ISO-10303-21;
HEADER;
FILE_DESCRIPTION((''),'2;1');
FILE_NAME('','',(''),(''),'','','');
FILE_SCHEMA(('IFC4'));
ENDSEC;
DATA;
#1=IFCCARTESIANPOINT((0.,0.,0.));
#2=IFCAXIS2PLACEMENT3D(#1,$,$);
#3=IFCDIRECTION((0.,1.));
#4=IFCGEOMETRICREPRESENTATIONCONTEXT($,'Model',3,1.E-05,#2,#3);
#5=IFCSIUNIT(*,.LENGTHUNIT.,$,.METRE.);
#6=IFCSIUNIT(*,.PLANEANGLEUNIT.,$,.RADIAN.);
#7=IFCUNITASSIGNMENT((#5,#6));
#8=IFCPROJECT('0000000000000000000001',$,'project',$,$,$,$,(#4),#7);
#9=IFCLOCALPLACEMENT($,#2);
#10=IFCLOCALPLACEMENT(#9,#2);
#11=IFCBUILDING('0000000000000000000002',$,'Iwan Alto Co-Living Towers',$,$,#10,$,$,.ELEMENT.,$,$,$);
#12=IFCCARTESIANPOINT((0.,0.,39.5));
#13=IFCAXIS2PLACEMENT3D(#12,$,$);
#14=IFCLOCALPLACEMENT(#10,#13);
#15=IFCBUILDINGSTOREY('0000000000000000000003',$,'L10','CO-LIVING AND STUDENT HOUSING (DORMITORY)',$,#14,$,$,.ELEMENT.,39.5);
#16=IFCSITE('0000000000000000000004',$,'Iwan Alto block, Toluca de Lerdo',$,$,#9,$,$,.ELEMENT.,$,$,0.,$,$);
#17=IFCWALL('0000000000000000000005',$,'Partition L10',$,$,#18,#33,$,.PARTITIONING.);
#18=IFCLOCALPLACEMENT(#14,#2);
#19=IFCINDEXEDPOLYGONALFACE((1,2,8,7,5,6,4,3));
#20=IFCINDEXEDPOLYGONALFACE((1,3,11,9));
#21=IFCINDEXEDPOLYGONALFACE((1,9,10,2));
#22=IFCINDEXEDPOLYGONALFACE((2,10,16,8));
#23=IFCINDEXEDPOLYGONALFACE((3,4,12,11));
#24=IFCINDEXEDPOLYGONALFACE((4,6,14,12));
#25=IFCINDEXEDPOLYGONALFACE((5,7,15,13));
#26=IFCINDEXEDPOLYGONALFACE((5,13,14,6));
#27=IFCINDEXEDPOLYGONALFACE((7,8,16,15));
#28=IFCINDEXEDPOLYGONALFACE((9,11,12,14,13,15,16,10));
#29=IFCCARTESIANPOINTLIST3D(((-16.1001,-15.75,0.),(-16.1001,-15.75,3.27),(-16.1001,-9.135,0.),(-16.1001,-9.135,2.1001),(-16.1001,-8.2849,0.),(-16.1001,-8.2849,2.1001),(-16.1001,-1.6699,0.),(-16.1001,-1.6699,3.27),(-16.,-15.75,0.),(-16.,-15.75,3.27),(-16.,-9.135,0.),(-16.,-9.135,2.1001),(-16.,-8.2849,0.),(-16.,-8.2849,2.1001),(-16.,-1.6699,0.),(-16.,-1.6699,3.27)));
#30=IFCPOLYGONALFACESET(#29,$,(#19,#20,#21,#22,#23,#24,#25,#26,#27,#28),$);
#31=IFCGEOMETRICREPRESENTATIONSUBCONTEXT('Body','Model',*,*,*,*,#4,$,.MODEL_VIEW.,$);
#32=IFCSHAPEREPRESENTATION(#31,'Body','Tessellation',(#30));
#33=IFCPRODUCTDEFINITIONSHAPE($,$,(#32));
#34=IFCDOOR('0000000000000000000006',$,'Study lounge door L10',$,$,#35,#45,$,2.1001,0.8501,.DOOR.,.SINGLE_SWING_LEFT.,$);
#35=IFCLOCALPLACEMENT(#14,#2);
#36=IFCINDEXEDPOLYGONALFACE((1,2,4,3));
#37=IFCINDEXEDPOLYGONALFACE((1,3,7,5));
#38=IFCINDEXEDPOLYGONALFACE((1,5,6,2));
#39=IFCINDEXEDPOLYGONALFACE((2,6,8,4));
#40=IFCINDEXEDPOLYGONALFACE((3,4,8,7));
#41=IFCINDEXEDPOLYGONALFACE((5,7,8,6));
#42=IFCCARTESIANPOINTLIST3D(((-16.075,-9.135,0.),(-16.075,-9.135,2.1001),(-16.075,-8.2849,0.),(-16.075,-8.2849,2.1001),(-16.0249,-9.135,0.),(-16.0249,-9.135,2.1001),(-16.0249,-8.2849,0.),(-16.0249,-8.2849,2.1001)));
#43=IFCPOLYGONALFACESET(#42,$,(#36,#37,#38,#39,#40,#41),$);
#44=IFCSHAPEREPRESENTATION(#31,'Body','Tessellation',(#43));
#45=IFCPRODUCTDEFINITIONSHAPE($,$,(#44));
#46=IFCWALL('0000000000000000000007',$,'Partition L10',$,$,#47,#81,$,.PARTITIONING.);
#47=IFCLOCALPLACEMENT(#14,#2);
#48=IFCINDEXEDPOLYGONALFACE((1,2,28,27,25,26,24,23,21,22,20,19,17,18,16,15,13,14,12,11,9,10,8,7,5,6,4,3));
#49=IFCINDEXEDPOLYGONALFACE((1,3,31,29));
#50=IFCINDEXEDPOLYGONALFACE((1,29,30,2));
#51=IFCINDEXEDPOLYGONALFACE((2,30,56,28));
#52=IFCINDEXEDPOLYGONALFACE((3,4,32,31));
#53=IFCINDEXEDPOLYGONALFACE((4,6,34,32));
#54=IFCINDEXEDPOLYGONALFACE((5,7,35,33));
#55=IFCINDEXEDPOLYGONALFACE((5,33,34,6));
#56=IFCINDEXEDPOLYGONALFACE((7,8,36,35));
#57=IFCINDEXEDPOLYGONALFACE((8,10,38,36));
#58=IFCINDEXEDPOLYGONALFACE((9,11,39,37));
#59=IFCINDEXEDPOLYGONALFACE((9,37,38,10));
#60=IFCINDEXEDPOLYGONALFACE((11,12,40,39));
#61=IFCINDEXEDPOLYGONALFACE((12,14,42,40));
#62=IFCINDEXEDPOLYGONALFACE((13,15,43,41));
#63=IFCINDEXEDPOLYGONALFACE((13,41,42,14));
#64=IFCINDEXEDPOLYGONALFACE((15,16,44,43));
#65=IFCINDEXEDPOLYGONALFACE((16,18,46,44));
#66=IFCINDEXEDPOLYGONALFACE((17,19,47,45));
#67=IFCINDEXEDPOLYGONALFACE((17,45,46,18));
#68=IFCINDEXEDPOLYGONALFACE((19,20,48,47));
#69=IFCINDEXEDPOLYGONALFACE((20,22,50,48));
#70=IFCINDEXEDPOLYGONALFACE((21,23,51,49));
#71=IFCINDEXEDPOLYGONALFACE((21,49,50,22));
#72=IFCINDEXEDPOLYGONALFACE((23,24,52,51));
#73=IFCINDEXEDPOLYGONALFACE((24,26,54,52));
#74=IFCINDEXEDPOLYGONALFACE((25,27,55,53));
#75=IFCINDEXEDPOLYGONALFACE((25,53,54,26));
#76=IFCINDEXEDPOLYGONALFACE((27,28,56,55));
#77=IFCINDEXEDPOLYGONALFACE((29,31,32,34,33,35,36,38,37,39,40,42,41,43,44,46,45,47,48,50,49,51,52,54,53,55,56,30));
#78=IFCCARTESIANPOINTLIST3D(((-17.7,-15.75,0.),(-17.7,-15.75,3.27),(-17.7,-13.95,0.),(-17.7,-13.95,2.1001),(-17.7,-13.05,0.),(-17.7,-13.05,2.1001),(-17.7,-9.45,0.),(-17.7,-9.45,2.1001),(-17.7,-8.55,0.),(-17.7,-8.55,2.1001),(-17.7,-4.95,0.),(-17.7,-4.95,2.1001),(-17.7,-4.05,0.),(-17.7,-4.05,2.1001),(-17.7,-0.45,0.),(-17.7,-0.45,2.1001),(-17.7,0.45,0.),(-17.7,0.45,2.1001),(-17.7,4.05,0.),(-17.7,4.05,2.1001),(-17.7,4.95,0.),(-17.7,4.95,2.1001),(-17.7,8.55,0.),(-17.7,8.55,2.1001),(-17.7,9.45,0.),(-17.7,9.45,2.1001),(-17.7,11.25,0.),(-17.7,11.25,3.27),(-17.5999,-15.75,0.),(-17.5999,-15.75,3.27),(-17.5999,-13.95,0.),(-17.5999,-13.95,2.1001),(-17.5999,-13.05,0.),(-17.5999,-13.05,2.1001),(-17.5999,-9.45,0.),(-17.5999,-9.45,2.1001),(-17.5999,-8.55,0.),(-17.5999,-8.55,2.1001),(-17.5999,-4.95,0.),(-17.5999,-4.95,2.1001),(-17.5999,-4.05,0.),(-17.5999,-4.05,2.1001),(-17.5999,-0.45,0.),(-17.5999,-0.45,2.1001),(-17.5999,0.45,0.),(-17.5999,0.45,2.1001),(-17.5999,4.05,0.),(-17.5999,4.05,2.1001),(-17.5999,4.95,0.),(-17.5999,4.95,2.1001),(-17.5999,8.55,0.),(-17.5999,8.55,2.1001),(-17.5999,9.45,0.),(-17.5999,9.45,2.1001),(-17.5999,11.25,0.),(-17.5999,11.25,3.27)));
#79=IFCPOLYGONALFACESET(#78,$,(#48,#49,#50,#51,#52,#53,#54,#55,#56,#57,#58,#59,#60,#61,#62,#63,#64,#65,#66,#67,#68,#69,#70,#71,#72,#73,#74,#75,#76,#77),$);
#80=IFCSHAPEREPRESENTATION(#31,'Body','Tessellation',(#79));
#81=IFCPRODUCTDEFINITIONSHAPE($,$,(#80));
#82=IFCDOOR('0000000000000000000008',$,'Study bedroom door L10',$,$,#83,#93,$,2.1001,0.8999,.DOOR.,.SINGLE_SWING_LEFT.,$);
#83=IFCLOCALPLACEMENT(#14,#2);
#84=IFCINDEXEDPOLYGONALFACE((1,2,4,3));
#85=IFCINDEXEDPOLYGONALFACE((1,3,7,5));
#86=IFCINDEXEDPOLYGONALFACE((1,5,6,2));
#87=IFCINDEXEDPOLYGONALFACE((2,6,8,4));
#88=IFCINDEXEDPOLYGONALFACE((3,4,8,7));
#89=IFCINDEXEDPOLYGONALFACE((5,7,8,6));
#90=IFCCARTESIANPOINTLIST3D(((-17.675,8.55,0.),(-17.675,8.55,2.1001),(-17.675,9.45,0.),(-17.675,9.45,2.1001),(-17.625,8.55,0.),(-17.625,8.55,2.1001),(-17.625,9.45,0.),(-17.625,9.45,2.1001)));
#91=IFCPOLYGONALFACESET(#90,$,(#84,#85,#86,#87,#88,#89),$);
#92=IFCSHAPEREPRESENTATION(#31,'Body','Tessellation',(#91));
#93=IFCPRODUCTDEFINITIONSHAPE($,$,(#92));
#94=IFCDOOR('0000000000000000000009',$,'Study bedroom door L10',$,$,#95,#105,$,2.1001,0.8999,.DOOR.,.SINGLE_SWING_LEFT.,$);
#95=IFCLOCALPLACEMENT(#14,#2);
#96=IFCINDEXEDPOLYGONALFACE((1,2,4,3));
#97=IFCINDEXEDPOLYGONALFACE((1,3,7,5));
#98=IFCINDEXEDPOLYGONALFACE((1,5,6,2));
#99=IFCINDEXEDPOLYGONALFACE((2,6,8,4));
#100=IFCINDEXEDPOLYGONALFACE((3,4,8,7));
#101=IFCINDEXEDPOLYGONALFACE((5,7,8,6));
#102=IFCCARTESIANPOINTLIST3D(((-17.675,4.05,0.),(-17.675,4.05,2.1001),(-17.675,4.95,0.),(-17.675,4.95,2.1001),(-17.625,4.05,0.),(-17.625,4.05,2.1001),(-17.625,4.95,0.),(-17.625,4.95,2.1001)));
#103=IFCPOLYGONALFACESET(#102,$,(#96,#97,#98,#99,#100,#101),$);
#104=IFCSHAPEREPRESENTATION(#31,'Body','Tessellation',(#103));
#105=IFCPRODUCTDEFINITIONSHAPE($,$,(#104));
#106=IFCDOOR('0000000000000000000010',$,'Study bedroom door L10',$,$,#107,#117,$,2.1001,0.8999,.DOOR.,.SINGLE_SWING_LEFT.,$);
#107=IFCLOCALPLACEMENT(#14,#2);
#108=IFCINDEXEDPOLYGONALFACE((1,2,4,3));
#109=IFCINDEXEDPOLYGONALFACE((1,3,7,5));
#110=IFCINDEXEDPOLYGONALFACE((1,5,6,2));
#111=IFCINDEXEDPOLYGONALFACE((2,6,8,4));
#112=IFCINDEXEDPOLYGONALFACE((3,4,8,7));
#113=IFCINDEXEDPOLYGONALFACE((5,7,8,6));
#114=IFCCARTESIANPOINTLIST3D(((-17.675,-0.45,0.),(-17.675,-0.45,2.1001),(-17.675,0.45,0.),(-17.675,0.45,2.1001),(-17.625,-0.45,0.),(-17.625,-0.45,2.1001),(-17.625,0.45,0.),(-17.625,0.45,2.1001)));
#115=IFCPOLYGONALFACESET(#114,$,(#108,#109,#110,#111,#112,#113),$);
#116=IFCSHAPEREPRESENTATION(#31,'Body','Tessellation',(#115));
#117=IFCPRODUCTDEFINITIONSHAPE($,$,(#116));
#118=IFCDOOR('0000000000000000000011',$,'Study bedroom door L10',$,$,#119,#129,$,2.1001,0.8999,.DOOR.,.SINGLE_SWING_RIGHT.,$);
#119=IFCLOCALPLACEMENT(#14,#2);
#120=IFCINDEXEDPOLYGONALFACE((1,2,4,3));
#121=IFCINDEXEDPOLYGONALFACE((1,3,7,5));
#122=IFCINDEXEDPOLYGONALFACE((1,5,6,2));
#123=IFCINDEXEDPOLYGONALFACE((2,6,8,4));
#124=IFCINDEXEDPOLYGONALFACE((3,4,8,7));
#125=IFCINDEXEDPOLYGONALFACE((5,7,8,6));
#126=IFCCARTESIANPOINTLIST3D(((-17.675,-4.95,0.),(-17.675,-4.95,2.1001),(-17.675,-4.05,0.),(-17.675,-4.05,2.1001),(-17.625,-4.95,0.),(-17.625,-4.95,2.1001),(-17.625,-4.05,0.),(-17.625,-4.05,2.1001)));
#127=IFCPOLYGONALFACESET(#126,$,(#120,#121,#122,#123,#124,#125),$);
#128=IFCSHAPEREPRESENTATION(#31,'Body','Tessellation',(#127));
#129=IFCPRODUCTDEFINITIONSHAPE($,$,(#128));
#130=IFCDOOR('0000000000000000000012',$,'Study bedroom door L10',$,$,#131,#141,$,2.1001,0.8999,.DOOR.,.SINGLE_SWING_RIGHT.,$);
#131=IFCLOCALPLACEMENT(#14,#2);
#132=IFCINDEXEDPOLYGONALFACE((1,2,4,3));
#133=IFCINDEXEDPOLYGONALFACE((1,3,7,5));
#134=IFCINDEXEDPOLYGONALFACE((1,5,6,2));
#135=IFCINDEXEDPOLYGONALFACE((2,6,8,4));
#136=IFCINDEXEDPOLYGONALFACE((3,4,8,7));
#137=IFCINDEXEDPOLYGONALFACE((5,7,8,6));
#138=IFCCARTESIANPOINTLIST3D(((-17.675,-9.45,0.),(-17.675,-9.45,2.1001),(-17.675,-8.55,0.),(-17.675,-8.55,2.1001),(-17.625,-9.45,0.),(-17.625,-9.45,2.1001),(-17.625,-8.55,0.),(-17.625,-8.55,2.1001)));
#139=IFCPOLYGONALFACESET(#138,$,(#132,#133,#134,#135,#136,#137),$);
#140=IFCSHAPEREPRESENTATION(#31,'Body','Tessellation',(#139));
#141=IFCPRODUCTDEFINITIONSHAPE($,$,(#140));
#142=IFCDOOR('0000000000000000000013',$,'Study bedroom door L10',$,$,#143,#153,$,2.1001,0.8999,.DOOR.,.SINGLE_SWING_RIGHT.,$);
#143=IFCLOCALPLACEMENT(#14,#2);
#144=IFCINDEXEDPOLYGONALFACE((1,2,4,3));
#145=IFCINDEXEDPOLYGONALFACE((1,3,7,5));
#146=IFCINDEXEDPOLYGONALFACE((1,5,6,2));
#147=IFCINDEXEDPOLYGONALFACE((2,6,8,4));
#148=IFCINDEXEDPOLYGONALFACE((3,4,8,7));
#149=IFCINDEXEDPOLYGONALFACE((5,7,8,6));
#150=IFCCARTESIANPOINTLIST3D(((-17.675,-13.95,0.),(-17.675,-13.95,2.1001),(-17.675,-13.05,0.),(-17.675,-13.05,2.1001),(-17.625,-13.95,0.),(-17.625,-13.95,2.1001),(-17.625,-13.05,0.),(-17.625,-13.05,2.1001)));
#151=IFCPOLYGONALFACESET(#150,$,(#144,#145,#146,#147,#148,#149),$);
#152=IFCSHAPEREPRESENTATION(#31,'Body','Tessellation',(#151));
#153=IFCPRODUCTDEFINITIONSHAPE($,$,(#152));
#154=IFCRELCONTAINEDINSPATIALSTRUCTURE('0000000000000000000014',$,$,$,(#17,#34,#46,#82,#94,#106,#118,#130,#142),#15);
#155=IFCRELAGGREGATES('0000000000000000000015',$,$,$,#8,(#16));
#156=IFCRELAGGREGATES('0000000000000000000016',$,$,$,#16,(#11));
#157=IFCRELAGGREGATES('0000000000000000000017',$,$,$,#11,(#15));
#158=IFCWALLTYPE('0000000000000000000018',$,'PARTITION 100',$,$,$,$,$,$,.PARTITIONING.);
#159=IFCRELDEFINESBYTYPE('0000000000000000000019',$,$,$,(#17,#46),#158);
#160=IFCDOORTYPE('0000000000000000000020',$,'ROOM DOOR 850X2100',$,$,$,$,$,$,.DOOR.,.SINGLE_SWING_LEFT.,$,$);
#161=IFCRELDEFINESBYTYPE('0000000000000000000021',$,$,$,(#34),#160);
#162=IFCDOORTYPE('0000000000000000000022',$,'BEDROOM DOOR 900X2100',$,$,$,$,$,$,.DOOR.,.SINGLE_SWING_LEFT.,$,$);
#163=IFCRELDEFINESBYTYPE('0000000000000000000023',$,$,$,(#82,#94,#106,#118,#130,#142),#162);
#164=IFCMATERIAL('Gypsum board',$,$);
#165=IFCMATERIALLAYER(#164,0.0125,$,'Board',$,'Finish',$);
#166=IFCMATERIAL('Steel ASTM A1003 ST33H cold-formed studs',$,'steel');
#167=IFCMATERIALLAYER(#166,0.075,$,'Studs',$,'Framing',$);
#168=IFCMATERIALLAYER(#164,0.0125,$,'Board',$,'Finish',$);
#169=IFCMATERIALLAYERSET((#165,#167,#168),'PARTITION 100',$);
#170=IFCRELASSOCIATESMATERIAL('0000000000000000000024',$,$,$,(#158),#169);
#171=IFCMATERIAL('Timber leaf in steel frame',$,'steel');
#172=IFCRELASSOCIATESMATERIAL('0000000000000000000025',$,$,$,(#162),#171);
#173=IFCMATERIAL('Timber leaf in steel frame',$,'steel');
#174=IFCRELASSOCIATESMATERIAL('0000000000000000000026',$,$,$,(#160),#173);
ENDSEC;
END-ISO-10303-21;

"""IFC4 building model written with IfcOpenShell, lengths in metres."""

from ifc_helpers import new_model, si_unit, direction, frame, frame_2d, origin, place, context, subcontext, project, spatial, rectangle, extrude, material, layer, layer_set, type_object, element, fill, save


model = new_model("IFC4")

# Units and contexts
model_context = context("Model", 3, precision=1e-05, world=origin(), true_north=direction((0.0, 1.0)))
body_context = subcontext(model_context, "Body", "Model", "MODEL_VIEW")
ifc_project = project(units=[si_unit("LENGTHUNIT", "METRE"), si_unit("PLANEANGLEUNIT", "RADIAN")], contexts=[model_context])

# Site, building, storey
site_placement = place(None, origin())
site = spatial("IfcSite", under=ifc_project, at=site_placement, Name="Iwan Alto block, Toluca de Lerdo", CompositionType="ELEMENT", RefElevation=0.0)
building_placement = place(site_placement, origin())
building = spatial("IfcBuilding", under=site, at=building_placement, Name="Iwan Alto Co-Living Towers", CompositionType="ELEMENT")
storey_placement = place(building_placement, frame((0.0, 0.0, 39.5)))
storey = spatial("IfcBuildingStorey", under=building, at=storey_placement, Name="L10", Description="CO-LIVING AND STUDENT HOUSING (DORMITORY)", CompositionType="ELEMENT", Elevation=39.5)

# Shared definitions
ifc_material_1 = material(Name="Gypsum board")
ifc_layer_1 = layer(ifc_material_1, 0.0125, Name="Board", Category="Finish")
ifc_material_2 = material(Name="Steel ASTM A1003 ST33H cold-formed studs", Category="steel")
ifc_layer_2 = layer(ifc_material_2, 0.075, Name="Studs", Category="Framing")
ifc_layer_3 = layer(ifc_material_1, 0.0125, Name="Board", Category="Finish")
ifc_layer_set_1 = layer_set([ifc_layer_1, ifc_layer_2, ifc_layer_3], Name="PARTITION 100")
wall_type_1 = type_object("IfcWallType", Name="PARTITION 100", PredefinedType="PARTITIONING", material=ifc_layer_set_1)
ifc_material_3 = material(Name="Timber leaf in steel frame", Category="steel")
door_type_1 = type_object("IfcDoorType", Name="BEDROOM DOOR 900X2100", OperationType="SINGLE_SWING_LEFT", PredefinedType="DOOR", material=ifc_material_3)

# Wall, opening, door
wall_1_placement = place(storey_placement, frame((-16.05, -15.75, 0.0), z_axis=(0.0, 0.0, 1.0), x_axis=(0.0, 1.0, 0.0)))
wall_1 = element("IfcWall", 1, at=wall_1_placement, inside=storey, type_object=wall_type_1, Name="Partition L10", PredefinedType="PARTITIONING", context=body_context, shape_type="SweptSolid", body=[
    extrude(rectangle(XDim=14.0801, YDim=0.1001, at=frame_2d((7.04, 0.0))), origin(), (0.0, 0.0, 1.0), 3.27),
])
opening_1_placement = place(wall_1_placement, frame((6.615, 0.0, 0.0)))
opening_1 = element("IfcOpeningElement", 2, at=opening_1_placement, cuts=wall_1, PredefinedType="OPENING", context=body_context, shape_type="SweptSolid", body=[
    extrude(rectangle(XDim=0.8501, YDim=2.1001, at=frame_2d((0.425, 1.05))), frame((0.0, 0.0601, 0.0), z_axis=(0.0, -1.0, 0.0), x_axis=(1.0, 0.0, 0.0)), (0.0, 0.0, 1.0), 0.1201),
])
ifc_material_4 = material(Name="Timber leaf in steel frame", Category="steel")
door_type_2 = type_object("IfcDoorType", Name="ROOM DOOR 850X2100", OperationType="SINGLE_SWING_LEFT", PredefinedType="DOOR", material=ifc_material_4)
door_1_placement = place(opening_1_placement, origin())
door_1 = element("IfcDoor", 3, at=door_1_placement, inside=storey, type_object=door_type_2, Name="Study lounge door L10", OperationType="SINGLE_SWING_LEFT", OverallHeight=2.1001, OverallWidth=0.8501, PredefinedType="DOOR", context=body_context, shape_type="SweptSolid", body=[
    extrude(rectangle(XDim=0.8501, YDim=2.1001, at=frame_2d((0.425, 1.05))), frame((0.0, 0.0249, 0.0), z_axis=(0.0, -1.0, 0.0), x_axis=(1.0, 0.0, 0.0)), (0.0, 0.0, 1.0), 0.05),
])
fill(opening_1, door_1)

# Wall, openings, doors
wall_2_placement = place(storey_placement, frame((-17.6499, -15.75, 0.0), z_axis=(0.0, 0.0, 1.0), x_axis=(0.0, 1.0, 0.0)))
wall_2 = element("IfcWall", 4, at=wall_2_placement, inside=storey, type_object=wall_type_1, Name="Partition L10", PredefinedType="PARTITIONING", context=body_context, shape_type="SweptSolid", body=[
    extrude(rectangle(XDim=27.0, YDim=0.1001, at=frame_2d((13.5, 0.0))), origin(), (0.0, 0.0, 1.0), 3.27),
])
opening_2_placement = place(wall_2_placement, frame((24.3, 0.0, 0.0)))
opening_2 = element("IfcOpeningElement", 5, at=opening_2_placement, cuts=wall_2, PredefinedType="OPENING", context=body_context, shape_type="SweptSolid", body=[
    extrude(rectangle(XDim=0.8999, YDim=2.1001, at=frame_2d((0.45, 1.05))), frame((0.0, 0.0601, 0.0), z_axis=(0.0, -1.0, 0.0), x_axis=(1.0, 0.0, 0.0)), (0.0, 0.0, 1.0), 0.1201),
])
opening_3_placement = place(wall_2_placement, frame((19.8, 0.0, 0.0)))
opening_3 = element("IfcOpeningElement", 6, at=opening_3_placement, cuts=wall_2, PredefinedType="OPENING", context=body_context, shape_type="SweptSolid", body=[
    extrude(rectangle(XDim=0.8999, YDim=2.1001, at=frame_2d((0.45, 1.05))), frame((0.0, 0.0601, 0.0), z_axis=(0.0, -1.0, 0.0), x_axis=(1.0, 0.0, 0.0)), (0.0, 0.0, 1.0), 0.1201),
])
opening_4_placement = place(wall_2_placement, frame((15.3, 0.0, 0.0)))
opening_4 = element("IfcOpeningElement", 7, at=opening_4_placement, cuts=wall_2, PredefinedType="OPENING", context=body_context, shape_type="SweptSolid", body=[
    extrude(rectangle(XDim=0.8999, YDim=2.1001, at=frame_2d((0.45, 1.05))), frame((0.0, 0.0601, 0.0), z_axis=(0.0, -1.0, 0.0), x_axis=(1.0, 0.0, 0.0)), (0.0, 0.0, 1.0), 0.1201),
])
opening_5_placement = place(wall_2_placement, frame((10.8, 0.0, 0.0)))
opening_5 = element("IfcOpeningElement", 8, at=opening_5_placement, cuts=wall_2, PredefinedType="OPENING", context=body_context, shape_type="SweptSolid", body=[
    extrude(rectangle(XDim=0.8999, YDim=2.1001, at=frame_2d((0.45, 1.05))), frame((0.0, 0.0601, 0.0), z_axis=(0.0, -1.0, 0.0), x_axis=(1.0, 0.0, 0.0)), (0.0, 0.0, 1.0), 0.1201),
])
opening_6_placement = place(wall_2_placement, frame((6.3, 0.0, 0.0)))
opening_6 = element("IfcOpeningElement", 9, at=opening_6_placement, cuts=wall_2, PredefinedType="OPENING", context=body_context, shape_type="SweptSolid", body=[
    extrude(rectangle(XDim=0.8999, YDim=2.1001, at=frame_2d((0.45, 1.05))), frame((0.0, 0.0601, 0.0), z_axis=(0.0, -1.0, 0.0), x_axis=(1.0, 0.0, 0.0)), (0.0, 0.0, 1.0), 0.1201),
])
opening_7_placement = place(wall_2_placement, frame((1.8, 0.0, 0.0)))
opening_7 = element("IfcOpeningElement", 10, at=opening_7_placement, cuts=wall_2, PredefinedType="OPENING", context=body_context, shape_type="SweptSolid", body=[
    extrude(rectangle(XDim=0.8999, YDim=2.1001, at=frame_2d((0.45, 1.05))), frame((0.0, 0.0601, 0.0), z_axis=(0.0, -1.0, 0.0), x_axis=(1.0, 0.0, 0.0)), (0.0, 0.0, 1.0), 0.1201),
])
door_2_placement = place(opening_2_placement, frame((0.8999, 0.0, 0.0), z_axis=(0.0, 0.0, 1.0), x_axis=(-1.0, 0.0, 0.0)))
door_2 = element("IfcDoor", 11, at=door_2_placement, inside=storey, type_object=door_type_1, Name="Study bedroom door L10", OperationType="SINGLE_SWING_LEFT", OverallHeight=2.1001, OverallWidth=0.8999, PredefinedType="DOOR", context=body_context, shape_type="SweptSolid", body=[
    extrude(rectangle(XDim=0.8999, YDim=2.1001, at=frame_2d((0.45, 1.05))), frame((0.0, 0.0249, 0.0), z_axis=(0.0, -1.0, 0.0), x_axis=(1.0, 0.0, 0.0)), (0.0, 0.0, 1.0), 0.05),
])
fill(opening_2, door_2)
door_3_placement = place(opening_3_placement, frame((0.8999, 0.0, 0.0), z_axis=(0.0, 0.0, 1.0), x_axis=(-1.0, 0.0, 0.0)))
door_3 = element("IfcDoor", 12, at=door_3_placement, inside=storey, type_object=door_type_1, Name="Study bedroom door L10", OperationType="SINGLE_SWING_LEFT", OverallHeight=2.1001, OverallWidth=0.8999, PredefinedType="DOOR", context=body_context, shape_type="SweptSolid", body=[
    extrude(rectangle(XDim=0.8999, YDim=2.1001, at=frame_2d((0.45, 1.05))), frame((0.0, 0.0249, 0.0), z_axis=(0.0, -1.0, 0.0), x_axis=(1.0, 0.0, 0.0)), (0.0, 0.0, 1.0), 0.05),
])
fill(opening_3, door_3)
door_4_placement = place(opening_4_placement, frame((0.8999, 0.0, 0.0), z_axis=(0.0, 0.0, 1.0), x_axis=(-1.0, 0.0, 0.0)))
door_4 = element("IfcDoor", 13, at=door_4_placement, inside=storey, type_object=door_type_1, Name="Study bedroom door L10", OperationType="SINGLE_SWING_LEFT", OverallHeight=2.1001, OverallWidth=0.8999, PredefinedType="DOOR", context=body_context, shape_type="SweptSolid", body=[
    extrude(rectangle(XDim=0.8999, YDim=2.1001, at=frame_2d((0.45, 1.05))), frame((0.0, 0.0249, 0.0), z_axis=(0.0, -1.0, 0.0), x_axis=(1.0, 0.0, 0.0)), (0.0, 0.0, 1.0), 0.05),
])
fill(opening_4, door_4)
door_5_placement = place(opening_5_placement, frame((0.8999, 0.0, 0.0), z_axis=(0.0, 0.0, 1.0), x_axis=(-1.0, 0.0, 0.0)))
door_5 = element("IfcDoor", 14, at=door_5_placement, inside=storey, type_object=door_type_1, Name="Study bedroom door L10", OperationType="SINGLE_SWING_RIGHT", OverallHeight=2.1001, OverallWidth=0.8999, PredefinedType="DOOR", context=body_context, shape_type="SweptSolid", body=[
    extrude(rectangle(XDim=0.8999, YDim=2.1001, at=frame_2d((0.45, 1.05))), frame((0.0, 0.0249, 0.0), z_axis=(0.0, -1.0, 0.0), x_axis=(1.0, 0.0, 0.0)), (0.0, 0.0, 1.0), 0.05),
])
fill(opening_5, door_5)
door_6_placement = place(opening_6_placement, frame((0.8999, 0.0, 0.0), z_axis=(0.0, 0.0, 1.0), x_axis=(-1.0, 0.0, 0.0)))
door_6 = element("IfcDoor", 15, at=door_6_placement, inside=storey, type_object=door_type_1, Name="Study bedroom door L10", OperationType="SINGLE_SWING_RIGHT", OverallHeight=2.1001, OverallWidth=0.8999, PredefinedType="DOOR", context=body_context, shape_type="SweptSolid", body=[
    extrude(rectangle(XDim=0.8999, YDim=2.1001, at=frame_2d((0.45, 1.05))), frame((0.0, 0.0249, 0.0), z_axis=(0.0, -1.0, 0.0), x_axis=(1.0, 0.0, 0.0)), (0.0, 0.0, 1.0), 0.05),
])
fill(opening_6, door_6)
door_7_placement = place(opening_7_placement, frame((0.8999, 0.0, 0.0), z_axis=(0.0, 0.0, 1.0), x_axis=(-1.0, 0.0, 0.0)))
door_7 = element("IfcDoor", 16, at=door_7_placement, inside=storey, type_object=door_type_1, Name="Study bedroom door L10", OperationType="SINGLE_SWING_RIGHT", OverallHeight=2.1001, OverallWidth=0.8999, PredefinedType="DOOR", context=body_context, shape_type="SweptSolid", body=[
    extrude(rectangle(XDim=0.8999, YDim=2.1001, at=frame_2d((0.45, 1.05))), frame((0.0, 0.0249, 0.0), z_axis=(0.0, -1.0, 0.0), x_axis=(1.0, 0.0, 0.0)), (0.0, 0.0, 1.0), 0.05),
])
fill(opening_7, door_7)

save(model, "model.ifc")
